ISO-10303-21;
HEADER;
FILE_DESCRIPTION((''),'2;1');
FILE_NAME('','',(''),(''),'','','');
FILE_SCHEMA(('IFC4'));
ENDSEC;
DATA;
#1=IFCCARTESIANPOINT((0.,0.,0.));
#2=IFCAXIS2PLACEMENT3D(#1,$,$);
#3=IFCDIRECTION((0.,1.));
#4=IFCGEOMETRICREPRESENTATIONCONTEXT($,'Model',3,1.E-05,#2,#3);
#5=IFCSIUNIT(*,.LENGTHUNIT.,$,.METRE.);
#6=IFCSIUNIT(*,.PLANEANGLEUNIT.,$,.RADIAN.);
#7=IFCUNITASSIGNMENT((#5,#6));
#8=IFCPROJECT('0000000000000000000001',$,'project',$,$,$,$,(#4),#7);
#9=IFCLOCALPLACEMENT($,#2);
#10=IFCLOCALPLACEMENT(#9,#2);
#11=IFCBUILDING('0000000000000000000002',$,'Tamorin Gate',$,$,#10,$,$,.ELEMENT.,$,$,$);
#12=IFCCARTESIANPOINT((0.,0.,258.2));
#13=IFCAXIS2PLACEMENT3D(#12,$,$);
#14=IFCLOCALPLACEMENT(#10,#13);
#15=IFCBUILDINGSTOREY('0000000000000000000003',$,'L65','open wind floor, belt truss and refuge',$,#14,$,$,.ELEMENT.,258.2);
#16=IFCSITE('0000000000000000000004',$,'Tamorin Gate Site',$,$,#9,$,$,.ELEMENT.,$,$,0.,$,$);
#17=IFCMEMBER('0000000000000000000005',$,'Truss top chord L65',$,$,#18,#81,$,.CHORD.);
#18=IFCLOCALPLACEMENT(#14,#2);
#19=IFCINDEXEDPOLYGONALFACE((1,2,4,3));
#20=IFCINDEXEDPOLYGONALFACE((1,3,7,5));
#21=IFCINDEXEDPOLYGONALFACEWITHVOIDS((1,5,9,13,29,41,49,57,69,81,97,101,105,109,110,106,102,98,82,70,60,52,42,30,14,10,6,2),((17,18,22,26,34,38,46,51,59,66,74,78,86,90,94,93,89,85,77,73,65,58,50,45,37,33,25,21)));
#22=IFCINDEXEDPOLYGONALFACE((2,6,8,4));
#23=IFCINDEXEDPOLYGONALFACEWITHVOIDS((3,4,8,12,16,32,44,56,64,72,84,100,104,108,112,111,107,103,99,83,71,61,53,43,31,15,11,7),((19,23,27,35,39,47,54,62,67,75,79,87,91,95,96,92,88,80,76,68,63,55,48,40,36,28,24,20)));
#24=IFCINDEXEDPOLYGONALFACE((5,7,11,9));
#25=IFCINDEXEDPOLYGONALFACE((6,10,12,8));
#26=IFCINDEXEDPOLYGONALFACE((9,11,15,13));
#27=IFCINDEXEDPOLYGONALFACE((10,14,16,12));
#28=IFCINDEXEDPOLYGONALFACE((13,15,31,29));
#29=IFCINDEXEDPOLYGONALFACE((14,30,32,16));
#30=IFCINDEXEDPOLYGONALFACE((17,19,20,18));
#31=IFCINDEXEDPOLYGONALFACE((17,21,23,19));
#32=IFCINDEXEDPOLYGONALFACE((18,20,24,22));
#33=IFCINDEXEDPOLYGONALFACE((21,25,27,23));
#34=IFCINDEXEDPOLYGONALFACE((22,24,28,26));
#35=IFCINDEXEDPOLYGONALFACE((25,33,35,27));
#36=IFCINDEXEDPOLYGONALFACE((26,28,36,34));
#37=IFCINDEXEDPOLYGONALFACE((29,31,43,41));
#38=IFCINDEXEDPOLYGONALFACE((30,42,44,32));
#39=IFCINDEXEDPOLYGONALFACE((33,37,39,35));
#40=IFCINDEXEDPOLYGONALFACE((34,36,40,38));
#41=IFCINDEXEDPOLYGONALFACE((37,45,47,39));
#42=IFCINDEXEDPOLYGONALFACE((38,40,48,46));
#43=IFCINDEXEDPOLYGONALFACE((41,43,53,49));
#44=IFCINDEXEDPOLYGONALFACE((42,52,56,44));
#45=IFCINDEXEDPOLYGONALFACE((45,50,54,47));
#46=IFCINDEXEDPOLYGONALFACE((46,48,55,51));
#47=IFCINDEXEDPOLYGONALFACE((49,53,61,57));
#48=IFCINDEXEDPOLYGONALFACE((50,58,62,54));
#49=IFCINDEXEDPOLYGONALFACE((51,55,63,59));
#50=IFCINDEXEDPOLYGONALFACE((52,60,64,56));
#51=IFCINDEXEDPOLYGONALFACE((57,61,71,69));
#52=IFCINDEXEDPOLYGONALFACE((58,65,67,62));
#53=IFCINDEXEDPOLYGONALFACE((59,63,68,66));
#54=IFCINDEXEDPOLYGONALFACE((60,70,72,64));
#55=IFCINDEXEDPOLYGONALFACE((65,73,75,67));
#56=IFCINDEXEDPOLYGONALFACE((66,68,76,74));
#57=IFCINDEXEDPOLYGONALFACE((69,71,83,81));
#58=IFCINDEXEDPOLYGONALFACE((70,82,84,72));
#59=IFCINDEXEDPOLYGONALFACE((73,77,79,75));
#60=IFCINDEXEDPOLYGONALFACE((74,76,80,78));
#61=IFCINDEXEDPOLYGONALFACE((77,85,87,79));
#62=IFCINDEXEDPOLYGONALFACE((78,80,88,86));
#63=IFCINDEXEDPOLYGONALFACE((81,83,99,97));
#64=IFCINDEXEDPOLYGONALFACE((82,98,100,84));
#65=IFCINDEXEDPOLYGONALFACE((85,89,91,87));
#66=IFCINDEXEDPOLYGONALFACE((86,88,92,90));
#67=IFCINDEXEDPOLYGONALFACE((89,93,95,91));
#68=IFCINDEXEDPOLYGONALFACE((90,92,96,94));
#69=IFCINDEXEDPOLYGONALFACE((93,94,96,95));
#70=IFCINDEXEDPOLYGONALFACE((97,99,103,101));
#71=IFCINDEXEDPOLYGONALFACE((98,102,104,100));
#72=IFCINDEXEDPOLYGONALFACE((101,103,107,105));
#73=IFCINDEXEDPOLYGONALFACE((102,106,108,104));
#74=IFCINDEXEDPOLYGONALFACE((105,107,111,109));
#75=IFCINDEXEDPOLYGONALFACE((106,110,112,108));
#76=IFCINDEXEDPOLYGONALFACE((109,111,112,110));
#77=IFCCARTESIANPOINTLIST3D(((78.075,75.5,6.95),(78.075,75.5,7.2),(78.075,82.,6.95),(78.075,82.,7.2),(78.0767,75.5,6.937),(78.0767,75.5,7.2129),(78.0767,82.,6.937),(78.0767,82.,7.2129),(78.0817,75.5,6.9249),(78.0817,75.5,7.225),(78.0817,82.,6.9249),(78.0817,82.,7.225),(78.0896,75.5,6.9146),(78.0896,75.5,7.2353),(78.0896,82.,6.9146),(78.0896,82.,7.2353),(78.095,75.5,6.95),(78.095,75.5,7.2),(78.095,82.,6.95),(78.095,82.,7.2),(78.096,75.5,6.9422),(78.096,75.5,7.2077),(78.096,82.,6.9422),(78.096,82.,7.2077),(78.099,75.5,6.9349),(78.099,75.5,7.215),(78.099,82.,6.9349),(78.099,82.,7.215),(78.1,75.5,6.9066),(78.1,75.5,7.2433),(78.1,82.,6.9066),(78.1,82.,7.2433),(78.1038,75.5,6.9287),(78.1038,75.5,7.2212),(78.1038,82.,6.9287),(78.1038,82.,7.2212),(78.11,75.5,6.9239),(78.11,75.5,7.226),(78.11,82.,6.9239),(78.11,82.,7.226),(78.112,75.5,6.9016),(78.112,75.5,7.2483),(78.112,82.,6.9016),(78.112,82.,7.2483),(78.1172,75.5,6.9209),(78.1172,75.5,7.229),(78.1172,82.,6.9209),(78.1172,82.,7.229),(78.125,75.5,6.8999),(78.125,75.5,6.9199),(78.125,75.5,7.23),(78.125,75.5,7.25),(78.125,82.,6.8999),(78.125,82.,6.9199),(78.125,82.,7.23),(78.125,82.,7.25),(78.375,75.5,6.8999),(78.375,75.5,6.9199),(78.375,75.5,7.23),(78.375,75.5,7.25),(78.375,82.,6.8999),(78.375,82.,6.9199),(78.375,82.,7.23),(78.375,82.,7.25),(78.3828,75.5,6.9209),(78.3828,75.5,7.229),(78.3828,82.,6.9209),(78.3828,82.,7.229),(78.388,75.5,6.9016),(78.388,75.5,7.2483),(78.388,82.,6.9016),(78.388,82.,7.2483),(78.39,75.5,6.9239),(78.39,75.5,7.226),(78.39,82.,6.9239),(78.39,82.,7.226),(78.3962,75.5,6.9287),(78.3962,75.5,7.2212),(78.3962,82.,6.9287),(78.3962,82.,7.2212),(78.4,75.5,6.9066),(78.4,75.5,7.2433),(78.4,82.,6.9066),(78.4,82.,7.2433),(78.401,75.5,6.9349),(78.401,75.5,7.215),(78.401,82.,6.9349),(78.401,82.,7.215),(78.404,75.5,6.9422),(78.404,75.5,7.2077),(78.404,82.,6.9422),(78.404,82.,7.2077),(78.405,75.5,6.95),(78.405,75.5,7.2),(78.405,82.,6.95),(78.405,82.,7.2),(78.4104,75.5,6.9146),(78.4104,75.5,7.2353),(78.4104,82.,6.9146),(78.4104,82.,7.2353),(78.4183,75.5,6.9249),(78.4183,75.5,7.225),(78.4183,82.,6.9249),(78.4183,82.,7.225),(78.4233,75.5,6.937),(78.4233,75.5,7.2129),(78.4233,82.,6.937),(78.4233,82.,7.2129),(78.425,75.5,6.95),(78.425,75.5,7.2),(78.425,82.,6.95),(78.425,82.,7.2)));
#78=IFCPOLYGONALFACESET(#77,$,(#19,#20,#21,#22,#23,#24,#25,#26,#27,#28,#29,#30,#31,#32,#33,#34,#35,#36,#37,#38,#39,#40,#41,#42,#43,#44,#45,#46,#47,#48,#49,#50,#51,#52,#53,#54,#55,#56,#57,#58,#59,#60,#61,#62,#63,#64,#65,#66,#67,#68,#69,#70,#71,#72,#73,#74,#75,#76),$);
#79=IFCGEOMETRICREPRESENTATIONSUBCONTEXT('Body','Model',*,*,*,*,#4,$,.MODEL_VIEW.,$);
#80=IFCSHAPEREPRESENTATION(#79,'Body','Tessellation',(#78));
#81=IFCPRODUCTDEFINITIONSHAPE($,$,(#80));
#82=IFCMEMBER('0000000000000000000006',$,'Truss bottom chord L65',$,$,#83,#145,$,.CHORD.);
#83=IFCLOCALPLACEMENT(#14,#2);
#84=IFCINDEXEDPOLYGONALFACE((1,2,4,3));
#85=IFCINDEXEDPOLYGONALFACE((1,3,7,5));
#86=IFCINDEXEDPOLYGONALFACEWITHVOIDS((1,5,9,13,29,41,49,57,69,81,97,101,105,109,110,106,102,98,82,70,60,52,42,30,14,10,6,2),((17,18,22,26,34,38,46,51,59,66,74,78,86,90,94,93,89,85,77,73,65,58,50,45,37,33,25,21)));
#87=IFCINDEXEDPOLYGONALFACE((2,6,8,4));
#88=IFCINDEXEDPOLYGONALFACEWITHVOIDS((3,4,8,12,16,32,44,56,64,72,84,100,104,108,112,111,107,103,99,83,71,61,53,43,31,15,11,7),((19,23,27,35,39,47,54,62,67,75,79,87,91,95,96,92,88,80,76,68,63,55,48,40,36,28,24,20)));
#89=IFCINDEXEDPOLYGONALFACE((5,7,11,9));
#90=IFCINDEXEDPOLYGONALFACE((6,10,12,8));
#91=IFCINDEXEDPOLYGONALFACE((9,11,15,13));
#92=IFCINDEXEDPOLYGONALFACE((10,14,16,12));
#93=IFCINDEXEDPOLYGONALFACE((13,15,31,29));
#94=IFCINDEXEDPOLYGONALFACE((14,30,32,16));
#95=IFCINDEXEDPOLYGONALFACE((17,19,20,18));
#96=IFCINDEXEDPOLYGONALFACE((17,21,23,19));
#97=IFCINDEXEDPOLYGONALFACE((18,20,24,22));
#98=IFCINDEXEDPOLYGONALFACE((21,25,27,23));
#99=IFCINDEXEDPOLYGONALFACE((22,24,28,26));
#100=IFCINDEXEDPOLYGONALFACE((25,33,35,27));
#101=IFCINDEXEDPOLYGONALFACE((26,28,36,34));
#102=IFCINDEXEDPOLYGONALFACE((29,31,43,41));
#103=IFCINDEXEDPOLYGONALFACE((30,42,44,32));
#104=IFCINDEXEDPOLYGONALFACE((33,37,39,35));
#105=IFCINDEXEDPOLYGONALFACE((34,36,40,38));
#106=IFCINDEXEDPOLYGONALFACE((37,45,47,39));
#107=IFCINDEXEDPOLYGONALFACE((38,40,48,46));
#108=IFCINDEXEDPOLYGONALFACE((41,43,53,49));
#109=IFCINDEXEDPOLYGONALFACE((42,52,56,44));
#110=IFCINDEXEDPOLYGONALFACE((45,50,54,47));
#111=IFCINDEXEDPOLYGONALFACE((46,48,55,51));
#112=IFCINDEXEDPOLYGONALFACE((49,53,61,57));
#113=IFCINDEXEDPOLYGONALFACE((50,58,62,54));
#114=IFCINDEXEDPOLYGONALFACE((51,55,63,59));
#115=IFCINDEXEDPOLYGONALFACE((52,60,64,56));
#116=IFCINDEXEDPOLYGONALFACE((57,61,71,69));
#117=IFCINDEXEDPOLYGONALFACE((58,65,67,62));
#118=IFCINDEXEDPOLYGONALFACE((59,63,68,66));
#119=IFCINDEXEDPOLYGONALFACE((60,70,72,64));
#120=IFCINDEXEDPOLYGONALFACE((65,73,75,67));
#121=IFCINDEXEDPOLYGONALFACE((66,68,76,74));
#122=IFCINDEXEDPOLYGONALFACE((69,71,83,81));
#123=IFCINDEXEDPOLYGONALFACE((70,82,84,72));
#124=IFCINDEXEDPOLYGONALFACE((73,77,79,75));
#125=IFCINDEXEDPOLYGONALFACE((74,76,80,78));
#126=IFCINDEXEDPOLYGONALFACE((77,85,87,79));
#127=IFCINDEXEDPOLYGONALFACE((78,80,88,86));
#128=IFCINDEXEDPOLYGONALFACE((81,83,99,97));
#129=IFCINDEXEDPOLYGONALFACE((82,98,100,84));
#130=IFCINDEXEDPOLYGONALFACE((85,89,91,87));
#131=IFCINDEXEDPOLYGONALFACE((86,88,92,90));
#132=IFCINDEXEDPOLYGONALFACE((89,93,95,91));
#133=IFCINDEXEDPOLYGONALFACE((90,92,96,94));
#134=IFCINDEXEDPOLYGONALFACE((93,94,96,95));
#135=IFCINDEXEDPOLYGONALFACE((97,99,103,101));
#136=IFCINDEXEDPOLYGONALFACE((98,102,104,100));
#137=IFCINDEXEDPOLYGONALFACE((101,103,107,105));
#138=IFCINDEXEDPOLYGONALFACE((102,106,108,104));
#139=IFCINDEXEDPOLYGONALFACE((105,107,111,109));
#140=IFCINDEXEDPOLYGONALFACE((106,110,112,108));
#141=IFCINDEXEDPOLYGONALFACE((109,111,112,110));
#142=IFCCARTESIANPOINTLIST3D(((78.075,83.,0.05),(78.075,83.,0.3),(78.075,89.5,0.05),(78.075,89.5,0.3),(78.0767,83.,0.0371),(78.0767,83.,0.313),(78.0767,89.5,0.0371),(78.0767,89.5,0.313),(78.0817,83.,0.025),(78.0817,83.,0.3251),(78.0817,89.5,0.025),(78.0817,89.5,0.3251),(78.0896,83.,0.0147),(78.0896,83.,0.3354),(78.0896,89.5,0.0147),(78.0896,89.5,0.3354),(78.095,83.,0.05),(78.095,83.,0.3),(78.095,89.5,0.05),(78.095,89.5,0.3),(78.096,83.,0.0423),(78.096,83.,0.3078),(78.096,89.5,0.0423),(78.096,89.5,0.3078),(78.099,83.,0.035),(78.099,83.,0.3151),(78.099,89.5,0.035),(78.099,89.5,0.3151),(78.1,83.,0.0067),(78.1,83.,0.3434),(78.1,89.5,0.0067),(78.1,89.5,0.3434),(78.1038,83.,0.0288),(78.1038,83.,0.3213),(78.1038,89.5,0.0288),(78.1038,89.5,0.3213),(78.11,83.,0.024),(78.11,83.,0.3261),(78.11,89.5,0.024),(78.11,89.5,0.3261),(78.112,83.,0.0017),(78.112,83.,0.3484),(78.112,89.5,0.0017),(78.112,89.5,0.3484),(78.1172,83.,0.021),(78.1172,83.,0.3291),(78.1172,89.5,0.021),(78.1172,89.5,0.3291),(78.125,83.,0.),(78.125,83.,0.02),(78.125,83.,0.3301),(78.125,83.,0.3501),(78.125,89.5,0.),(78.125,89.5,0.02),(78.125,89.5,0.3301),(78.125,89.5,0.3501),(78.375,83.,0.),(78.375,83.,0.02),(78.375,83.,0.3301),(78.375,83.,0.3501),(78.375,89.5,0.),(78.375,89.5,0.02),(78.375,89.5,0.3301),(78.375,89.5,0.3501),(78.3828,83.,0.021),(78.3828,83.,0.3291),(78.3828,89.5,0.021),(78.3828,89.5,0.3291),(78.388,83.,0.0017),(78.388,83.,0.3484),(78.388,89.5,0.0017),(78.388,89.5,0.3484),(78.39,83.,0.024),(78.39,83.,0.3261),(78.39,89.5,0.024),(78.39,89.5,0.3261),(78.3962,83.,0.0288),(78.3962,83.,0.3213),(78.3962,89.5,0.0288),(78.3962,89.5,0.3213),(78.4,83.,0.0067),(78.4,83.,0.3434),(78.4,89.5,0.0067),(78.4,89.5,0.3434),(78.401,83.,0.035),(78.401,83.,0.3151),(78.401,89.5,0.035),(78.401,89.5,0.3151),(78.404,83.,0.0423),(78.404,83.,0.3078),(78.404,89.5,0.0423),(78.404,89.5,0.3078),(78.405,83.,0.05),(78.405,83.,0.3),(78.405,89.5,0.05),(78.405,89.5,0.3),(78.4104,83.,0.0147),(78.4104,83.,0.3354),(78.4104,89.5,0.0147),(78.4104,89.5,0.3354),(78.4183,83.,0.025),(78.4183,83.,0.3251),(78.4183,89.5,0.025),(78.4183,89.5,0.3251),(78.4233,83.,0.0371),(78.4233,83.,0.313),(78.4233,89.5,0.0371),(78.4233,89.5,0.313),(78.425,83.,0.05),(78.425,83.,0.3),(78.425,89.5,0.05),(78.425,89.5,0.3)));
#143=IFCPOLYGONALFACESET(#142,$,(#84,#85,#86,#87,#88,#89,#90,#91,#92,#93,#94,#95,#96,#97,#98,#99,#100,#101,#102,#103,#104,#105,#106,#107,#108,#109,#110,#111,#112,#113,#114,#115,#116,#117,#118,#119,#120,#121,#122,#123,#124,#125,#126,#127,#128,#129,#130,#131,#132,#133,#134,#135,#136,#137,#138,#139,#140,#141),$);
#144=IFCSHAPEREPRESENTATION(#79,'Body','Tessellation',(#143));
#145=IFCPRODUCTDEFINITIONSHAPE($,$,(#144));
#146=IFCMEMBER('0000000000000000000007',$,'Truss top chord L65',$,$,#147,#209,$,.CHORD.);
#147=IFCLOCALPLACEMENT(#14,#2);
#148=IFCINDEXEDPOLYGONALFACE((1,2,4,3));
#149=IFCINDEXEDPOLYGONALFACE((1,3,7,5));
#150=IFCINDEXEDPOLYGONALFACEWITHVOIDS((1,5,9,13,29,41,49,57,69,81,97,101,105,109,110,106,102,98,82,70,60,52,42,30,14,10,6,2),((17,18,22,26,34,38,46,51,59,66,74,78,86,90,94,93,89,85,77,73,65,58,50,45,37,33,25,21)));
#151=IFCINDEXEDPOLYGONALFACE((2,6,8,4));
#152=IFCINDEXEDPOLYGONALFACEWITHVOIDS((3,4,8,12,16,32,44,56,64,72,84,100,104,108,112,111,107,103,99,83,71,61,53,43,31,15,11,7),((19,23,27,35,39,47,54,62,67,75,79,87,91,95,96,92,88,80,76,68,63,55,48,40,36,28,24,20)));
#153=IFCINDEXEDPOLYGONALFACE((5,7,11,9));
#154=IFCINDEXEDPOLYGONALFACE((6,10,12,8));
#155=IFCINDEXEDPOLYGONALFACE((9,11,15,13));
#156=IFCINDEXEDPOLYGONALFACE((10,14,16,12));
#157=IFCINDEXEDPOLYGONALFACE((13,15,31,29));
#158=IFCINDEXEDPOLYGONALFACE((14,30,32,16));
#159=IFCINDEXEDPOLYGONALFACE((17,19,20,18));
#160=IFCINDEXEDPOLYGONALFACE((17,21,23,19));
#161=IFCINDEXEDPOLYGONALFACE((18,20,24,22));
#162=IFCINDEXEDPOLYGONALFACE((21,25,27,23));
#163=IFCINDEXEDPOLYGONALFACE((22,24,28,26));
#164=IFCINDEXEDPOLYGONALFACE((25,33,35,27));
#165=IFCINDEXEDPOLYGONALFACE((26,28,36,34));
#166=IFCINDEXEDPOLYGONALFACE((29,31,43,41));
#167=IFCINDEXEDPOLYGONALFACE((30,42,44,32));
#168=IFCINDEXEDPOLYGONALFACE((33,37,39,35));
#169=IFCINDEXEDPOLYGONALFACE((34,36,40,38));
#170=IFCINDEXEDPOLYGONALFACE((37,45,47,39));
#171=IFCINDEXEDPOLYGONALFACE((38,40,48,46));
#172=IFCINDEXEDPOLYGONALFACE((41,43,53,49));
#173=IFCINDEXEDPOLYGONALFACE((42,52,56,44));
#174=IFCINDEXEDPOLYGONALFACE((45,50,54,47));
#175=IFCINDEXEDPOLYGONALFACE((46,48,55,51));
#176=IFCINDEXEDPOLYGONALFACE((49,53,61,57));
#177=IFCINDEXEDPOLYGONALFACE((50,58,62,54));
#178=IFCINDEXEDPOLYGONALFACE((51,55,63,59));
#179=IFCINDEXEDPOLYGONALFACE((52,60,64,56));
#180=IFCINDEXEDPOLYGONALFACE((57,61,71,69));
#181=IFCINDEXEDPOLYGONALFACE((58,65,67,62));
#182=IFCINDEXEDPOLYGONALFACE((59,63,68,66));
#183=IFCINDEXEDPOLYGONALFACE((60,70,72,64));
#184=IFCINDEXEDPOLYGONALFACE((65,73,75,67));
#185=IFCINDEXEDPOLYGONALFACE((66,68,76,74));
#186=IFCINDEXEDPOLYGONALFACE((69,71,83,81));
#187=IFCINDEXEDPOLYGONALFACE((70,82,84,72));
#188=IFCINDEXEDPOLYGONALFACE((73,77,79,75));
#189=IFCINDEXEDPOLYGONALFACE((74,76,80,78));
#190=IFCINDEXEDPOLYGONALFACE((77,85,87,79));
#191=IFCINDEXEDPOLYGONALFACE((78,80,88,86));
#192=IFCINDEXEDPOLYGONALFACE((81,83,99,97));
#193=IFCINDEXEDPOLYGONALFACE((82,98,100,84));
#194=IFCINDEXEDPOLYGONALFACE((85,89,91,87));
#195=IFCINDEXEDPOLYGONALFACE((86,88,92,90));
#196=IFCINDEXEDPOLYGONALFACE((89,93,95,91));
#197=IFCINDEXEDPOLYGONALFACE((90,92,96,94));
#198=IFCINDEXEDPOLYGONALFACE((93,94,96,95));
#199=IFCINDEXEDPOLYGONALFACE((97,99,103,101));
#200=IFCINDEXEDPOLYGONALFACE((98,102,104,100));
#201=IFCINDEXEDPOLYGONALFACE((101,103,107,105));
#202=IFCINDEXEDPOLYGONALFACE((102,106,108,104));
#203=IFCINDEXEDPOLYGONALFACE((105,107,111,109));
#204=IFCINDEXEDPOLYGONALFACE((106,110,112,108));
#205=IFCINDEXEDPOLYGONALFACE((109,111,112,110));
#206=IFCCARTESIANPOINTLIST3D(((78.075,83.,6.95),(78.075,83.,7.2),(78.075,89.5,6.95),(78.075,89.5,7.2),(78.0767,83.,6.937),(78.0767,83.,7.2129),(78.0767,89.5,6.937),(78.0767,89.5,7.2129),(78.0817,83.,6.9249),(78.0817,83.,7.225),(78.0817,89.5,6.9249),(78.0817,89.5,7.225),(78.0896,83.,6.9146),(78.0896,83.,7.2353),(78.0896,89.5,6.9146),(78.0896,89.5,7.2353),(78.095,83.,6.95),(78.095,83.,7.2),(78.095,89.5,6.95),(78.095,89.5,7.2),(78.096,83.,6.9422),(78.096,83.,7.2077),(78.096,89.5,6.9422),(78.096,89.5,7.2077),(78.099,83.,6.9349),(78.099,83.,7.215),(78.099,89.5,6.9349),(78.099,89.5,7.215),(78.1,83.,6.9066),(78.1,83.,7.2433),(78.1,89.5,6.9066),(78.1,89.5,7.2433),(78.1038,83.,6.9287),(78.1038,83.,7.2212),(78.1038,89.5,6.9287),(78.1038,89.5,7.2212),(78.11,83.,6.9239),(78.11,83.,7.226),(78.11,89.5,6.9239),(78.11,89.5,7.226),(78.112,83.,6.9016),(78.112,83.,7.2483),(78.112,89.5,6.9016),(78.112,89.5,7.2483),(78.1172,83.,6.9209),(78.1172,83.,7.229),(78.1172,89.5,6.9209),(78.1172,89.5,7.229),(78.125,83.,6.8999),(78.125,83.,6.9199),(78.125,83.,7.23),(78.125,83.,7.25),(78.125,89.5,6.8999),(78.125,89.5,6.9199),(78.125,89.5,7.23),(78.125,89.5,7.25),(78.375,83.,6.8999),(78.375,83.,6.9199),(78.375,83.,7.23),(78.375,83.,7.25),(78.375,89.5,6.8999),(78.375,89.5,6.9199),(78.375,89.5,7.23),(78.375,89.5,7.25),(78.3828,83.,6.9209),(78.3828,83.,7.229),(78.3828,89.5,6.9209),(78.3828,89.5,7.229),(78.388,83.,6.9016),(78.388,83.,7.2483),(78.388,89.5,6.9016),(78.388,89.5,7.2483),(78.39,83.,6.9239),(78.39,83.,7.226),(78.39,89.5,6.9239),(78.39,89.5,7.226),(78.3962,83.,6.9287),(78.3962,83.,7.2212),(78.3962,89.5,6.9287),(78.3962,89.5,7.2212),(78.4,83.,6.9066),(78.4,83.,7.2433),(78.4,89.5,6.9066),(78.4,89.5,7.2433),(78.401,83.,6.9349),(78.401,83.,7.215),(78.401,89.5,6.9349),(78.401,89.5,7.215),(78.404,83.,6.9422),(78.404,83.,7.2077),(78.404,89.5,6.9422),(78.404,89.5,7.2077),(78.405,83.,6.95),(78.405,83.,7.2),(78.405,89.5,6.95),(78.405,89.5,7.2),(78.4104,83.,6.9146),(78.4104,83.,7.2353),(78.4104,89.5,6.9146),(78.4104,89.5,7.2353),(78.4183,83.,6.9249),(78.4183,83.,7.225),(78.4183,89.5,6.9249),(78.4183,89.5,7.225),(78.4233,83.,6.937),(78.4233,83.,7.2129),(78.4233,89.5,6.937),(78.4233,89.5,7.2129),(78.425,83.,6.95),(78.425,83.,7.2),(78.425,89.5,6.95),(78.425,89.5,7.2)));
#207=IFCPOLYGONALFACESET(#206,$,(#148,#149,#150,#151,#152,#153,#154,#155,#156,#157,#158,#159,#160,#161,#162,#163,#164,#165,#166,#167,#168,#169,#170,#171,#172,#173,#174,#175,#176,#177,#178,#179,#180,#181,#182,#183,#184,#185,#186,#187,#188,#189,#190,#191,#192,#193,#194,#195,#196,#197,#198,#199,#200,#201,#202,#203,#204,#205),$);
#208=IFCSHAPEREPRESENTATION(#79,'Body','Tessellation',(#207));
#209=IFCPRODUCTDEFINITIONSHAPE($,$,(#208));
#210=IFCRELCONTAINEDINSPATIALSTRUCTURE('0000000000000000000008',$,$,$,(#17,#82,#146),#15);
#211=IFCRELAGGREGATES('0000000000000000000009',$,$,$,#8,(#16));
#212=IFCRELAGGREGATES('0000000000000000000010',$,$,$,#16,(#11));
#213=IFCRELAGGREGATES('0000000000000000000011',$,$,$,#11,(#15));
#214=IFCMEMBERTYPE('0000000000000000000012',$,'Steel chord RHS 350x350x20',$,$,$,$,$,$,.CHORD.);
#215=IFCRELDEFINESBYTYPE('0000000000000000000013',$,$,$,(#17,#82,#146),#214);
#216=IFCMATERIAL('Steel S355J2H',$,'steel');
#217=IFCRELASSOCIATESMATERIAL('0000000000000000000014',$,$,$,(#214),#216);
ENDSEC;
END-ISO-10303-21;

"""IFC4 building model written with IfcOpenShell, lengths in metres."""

from ifc_helpers import new_model, si_unit, direction, frame, origin, origin_2d, place, context, subcontext, project, spatial, hollow_rectangle, extrude, material, material_profile, profile_set, type_object, element, save


model = new_model("IFC4")

# Units and contexts
model_context = context("Model", 3, precision=1e-05, world=origin(), true_north=direction((0.0, 1.0)))
body_context = subcontext(model_context, "Body", "Model", "MODEL_VIEW")
ifc_project = project(units=[si_unit("LENGTHUNIT", "METRE"), si_unit("PLANEANGLEUNIT", "RADIAN")], contexts=[model_context])

# Site, building, storey
site_placement = place(None, origin())
site = spatial("IfcSite", under=ifc_project, at=site_placement, Name="Tamorin Gate Site", CompositionType="ELEMENT", RefElevation=0.0)
building_placement = place(site_placement, origin())
building = spatial("IfcBuilding", under=site, at=building_placement, Name="Tamorin Gate", CompositionType="ELEMENT")
storey_placement = place(building_placement, frame((0.0, 0.0, 258.2)))
storey = spatial("IfcBuildingStorey", under=building, at=storey_placement, Name="L65", Description="open wind floor, belt truss and refuge", CompositionType="ELEMENT", Elevation=258.2)

# Members
ifc_material_1 = material(Name="Steel S355J2H", Category="steel")
ifc_material_profile_1 = material_profile(ifc_material_1, hollow_rectangle(XDim=0.3501, YDim=0.3501, WallThickness=0.02, InnerFilletRadius=0.03, OuterFilletRadius=0.05, at=origin_2d()), Name="RHS 350x350x20")
ifc_profile_set_1 = profile_set([ifc_material_profile_1], Name="Steel S355J2H")
member_type_1 = type_object("IfcMemberType", Name="Steel chord RHS 350x350x20", PredefinedType="CHORD", material=ifc_profile_set_1)
for number, where, z_axis, x_axis, name in (
    (1, (78.25, 75.5, 7.075), (0.0, 1.0, 0.0), (-1.0, 0.0, 0.0), "Truss top chord L65"),
    (2, (78.25, 83.0, 0.175), (0.0, 1.0, 0.0), (-1.0, 0.0, 0.0), "Truss bottom chord L65"),
    (3, (78.25, 83.0, 7.075), (0.0, 1.0, 0.0), (-1.0, 0.0, 0.0), "Truss top chord L65"),
):
    element("IfcMember", number, at=place(storey_placement, frame(where, z_axis=z_axis, x_axis=x_axis)), inside=storey, type_object=member_type_1, Name=name, PredefinedType="CHORD", context=body_context, shape_type="SweptSolid", body=[
        extrude(hollow_rectangle(XDim=0.3501, YDim=0.3501, WallThickness=0.02, InnerFilletRadius=0.03, OuterFilletRadius=0.05, at=origin_2d()), origin(), (0.0, 0.0, 1.0), 6.5),
    ])

save(model, "model.ifc")
